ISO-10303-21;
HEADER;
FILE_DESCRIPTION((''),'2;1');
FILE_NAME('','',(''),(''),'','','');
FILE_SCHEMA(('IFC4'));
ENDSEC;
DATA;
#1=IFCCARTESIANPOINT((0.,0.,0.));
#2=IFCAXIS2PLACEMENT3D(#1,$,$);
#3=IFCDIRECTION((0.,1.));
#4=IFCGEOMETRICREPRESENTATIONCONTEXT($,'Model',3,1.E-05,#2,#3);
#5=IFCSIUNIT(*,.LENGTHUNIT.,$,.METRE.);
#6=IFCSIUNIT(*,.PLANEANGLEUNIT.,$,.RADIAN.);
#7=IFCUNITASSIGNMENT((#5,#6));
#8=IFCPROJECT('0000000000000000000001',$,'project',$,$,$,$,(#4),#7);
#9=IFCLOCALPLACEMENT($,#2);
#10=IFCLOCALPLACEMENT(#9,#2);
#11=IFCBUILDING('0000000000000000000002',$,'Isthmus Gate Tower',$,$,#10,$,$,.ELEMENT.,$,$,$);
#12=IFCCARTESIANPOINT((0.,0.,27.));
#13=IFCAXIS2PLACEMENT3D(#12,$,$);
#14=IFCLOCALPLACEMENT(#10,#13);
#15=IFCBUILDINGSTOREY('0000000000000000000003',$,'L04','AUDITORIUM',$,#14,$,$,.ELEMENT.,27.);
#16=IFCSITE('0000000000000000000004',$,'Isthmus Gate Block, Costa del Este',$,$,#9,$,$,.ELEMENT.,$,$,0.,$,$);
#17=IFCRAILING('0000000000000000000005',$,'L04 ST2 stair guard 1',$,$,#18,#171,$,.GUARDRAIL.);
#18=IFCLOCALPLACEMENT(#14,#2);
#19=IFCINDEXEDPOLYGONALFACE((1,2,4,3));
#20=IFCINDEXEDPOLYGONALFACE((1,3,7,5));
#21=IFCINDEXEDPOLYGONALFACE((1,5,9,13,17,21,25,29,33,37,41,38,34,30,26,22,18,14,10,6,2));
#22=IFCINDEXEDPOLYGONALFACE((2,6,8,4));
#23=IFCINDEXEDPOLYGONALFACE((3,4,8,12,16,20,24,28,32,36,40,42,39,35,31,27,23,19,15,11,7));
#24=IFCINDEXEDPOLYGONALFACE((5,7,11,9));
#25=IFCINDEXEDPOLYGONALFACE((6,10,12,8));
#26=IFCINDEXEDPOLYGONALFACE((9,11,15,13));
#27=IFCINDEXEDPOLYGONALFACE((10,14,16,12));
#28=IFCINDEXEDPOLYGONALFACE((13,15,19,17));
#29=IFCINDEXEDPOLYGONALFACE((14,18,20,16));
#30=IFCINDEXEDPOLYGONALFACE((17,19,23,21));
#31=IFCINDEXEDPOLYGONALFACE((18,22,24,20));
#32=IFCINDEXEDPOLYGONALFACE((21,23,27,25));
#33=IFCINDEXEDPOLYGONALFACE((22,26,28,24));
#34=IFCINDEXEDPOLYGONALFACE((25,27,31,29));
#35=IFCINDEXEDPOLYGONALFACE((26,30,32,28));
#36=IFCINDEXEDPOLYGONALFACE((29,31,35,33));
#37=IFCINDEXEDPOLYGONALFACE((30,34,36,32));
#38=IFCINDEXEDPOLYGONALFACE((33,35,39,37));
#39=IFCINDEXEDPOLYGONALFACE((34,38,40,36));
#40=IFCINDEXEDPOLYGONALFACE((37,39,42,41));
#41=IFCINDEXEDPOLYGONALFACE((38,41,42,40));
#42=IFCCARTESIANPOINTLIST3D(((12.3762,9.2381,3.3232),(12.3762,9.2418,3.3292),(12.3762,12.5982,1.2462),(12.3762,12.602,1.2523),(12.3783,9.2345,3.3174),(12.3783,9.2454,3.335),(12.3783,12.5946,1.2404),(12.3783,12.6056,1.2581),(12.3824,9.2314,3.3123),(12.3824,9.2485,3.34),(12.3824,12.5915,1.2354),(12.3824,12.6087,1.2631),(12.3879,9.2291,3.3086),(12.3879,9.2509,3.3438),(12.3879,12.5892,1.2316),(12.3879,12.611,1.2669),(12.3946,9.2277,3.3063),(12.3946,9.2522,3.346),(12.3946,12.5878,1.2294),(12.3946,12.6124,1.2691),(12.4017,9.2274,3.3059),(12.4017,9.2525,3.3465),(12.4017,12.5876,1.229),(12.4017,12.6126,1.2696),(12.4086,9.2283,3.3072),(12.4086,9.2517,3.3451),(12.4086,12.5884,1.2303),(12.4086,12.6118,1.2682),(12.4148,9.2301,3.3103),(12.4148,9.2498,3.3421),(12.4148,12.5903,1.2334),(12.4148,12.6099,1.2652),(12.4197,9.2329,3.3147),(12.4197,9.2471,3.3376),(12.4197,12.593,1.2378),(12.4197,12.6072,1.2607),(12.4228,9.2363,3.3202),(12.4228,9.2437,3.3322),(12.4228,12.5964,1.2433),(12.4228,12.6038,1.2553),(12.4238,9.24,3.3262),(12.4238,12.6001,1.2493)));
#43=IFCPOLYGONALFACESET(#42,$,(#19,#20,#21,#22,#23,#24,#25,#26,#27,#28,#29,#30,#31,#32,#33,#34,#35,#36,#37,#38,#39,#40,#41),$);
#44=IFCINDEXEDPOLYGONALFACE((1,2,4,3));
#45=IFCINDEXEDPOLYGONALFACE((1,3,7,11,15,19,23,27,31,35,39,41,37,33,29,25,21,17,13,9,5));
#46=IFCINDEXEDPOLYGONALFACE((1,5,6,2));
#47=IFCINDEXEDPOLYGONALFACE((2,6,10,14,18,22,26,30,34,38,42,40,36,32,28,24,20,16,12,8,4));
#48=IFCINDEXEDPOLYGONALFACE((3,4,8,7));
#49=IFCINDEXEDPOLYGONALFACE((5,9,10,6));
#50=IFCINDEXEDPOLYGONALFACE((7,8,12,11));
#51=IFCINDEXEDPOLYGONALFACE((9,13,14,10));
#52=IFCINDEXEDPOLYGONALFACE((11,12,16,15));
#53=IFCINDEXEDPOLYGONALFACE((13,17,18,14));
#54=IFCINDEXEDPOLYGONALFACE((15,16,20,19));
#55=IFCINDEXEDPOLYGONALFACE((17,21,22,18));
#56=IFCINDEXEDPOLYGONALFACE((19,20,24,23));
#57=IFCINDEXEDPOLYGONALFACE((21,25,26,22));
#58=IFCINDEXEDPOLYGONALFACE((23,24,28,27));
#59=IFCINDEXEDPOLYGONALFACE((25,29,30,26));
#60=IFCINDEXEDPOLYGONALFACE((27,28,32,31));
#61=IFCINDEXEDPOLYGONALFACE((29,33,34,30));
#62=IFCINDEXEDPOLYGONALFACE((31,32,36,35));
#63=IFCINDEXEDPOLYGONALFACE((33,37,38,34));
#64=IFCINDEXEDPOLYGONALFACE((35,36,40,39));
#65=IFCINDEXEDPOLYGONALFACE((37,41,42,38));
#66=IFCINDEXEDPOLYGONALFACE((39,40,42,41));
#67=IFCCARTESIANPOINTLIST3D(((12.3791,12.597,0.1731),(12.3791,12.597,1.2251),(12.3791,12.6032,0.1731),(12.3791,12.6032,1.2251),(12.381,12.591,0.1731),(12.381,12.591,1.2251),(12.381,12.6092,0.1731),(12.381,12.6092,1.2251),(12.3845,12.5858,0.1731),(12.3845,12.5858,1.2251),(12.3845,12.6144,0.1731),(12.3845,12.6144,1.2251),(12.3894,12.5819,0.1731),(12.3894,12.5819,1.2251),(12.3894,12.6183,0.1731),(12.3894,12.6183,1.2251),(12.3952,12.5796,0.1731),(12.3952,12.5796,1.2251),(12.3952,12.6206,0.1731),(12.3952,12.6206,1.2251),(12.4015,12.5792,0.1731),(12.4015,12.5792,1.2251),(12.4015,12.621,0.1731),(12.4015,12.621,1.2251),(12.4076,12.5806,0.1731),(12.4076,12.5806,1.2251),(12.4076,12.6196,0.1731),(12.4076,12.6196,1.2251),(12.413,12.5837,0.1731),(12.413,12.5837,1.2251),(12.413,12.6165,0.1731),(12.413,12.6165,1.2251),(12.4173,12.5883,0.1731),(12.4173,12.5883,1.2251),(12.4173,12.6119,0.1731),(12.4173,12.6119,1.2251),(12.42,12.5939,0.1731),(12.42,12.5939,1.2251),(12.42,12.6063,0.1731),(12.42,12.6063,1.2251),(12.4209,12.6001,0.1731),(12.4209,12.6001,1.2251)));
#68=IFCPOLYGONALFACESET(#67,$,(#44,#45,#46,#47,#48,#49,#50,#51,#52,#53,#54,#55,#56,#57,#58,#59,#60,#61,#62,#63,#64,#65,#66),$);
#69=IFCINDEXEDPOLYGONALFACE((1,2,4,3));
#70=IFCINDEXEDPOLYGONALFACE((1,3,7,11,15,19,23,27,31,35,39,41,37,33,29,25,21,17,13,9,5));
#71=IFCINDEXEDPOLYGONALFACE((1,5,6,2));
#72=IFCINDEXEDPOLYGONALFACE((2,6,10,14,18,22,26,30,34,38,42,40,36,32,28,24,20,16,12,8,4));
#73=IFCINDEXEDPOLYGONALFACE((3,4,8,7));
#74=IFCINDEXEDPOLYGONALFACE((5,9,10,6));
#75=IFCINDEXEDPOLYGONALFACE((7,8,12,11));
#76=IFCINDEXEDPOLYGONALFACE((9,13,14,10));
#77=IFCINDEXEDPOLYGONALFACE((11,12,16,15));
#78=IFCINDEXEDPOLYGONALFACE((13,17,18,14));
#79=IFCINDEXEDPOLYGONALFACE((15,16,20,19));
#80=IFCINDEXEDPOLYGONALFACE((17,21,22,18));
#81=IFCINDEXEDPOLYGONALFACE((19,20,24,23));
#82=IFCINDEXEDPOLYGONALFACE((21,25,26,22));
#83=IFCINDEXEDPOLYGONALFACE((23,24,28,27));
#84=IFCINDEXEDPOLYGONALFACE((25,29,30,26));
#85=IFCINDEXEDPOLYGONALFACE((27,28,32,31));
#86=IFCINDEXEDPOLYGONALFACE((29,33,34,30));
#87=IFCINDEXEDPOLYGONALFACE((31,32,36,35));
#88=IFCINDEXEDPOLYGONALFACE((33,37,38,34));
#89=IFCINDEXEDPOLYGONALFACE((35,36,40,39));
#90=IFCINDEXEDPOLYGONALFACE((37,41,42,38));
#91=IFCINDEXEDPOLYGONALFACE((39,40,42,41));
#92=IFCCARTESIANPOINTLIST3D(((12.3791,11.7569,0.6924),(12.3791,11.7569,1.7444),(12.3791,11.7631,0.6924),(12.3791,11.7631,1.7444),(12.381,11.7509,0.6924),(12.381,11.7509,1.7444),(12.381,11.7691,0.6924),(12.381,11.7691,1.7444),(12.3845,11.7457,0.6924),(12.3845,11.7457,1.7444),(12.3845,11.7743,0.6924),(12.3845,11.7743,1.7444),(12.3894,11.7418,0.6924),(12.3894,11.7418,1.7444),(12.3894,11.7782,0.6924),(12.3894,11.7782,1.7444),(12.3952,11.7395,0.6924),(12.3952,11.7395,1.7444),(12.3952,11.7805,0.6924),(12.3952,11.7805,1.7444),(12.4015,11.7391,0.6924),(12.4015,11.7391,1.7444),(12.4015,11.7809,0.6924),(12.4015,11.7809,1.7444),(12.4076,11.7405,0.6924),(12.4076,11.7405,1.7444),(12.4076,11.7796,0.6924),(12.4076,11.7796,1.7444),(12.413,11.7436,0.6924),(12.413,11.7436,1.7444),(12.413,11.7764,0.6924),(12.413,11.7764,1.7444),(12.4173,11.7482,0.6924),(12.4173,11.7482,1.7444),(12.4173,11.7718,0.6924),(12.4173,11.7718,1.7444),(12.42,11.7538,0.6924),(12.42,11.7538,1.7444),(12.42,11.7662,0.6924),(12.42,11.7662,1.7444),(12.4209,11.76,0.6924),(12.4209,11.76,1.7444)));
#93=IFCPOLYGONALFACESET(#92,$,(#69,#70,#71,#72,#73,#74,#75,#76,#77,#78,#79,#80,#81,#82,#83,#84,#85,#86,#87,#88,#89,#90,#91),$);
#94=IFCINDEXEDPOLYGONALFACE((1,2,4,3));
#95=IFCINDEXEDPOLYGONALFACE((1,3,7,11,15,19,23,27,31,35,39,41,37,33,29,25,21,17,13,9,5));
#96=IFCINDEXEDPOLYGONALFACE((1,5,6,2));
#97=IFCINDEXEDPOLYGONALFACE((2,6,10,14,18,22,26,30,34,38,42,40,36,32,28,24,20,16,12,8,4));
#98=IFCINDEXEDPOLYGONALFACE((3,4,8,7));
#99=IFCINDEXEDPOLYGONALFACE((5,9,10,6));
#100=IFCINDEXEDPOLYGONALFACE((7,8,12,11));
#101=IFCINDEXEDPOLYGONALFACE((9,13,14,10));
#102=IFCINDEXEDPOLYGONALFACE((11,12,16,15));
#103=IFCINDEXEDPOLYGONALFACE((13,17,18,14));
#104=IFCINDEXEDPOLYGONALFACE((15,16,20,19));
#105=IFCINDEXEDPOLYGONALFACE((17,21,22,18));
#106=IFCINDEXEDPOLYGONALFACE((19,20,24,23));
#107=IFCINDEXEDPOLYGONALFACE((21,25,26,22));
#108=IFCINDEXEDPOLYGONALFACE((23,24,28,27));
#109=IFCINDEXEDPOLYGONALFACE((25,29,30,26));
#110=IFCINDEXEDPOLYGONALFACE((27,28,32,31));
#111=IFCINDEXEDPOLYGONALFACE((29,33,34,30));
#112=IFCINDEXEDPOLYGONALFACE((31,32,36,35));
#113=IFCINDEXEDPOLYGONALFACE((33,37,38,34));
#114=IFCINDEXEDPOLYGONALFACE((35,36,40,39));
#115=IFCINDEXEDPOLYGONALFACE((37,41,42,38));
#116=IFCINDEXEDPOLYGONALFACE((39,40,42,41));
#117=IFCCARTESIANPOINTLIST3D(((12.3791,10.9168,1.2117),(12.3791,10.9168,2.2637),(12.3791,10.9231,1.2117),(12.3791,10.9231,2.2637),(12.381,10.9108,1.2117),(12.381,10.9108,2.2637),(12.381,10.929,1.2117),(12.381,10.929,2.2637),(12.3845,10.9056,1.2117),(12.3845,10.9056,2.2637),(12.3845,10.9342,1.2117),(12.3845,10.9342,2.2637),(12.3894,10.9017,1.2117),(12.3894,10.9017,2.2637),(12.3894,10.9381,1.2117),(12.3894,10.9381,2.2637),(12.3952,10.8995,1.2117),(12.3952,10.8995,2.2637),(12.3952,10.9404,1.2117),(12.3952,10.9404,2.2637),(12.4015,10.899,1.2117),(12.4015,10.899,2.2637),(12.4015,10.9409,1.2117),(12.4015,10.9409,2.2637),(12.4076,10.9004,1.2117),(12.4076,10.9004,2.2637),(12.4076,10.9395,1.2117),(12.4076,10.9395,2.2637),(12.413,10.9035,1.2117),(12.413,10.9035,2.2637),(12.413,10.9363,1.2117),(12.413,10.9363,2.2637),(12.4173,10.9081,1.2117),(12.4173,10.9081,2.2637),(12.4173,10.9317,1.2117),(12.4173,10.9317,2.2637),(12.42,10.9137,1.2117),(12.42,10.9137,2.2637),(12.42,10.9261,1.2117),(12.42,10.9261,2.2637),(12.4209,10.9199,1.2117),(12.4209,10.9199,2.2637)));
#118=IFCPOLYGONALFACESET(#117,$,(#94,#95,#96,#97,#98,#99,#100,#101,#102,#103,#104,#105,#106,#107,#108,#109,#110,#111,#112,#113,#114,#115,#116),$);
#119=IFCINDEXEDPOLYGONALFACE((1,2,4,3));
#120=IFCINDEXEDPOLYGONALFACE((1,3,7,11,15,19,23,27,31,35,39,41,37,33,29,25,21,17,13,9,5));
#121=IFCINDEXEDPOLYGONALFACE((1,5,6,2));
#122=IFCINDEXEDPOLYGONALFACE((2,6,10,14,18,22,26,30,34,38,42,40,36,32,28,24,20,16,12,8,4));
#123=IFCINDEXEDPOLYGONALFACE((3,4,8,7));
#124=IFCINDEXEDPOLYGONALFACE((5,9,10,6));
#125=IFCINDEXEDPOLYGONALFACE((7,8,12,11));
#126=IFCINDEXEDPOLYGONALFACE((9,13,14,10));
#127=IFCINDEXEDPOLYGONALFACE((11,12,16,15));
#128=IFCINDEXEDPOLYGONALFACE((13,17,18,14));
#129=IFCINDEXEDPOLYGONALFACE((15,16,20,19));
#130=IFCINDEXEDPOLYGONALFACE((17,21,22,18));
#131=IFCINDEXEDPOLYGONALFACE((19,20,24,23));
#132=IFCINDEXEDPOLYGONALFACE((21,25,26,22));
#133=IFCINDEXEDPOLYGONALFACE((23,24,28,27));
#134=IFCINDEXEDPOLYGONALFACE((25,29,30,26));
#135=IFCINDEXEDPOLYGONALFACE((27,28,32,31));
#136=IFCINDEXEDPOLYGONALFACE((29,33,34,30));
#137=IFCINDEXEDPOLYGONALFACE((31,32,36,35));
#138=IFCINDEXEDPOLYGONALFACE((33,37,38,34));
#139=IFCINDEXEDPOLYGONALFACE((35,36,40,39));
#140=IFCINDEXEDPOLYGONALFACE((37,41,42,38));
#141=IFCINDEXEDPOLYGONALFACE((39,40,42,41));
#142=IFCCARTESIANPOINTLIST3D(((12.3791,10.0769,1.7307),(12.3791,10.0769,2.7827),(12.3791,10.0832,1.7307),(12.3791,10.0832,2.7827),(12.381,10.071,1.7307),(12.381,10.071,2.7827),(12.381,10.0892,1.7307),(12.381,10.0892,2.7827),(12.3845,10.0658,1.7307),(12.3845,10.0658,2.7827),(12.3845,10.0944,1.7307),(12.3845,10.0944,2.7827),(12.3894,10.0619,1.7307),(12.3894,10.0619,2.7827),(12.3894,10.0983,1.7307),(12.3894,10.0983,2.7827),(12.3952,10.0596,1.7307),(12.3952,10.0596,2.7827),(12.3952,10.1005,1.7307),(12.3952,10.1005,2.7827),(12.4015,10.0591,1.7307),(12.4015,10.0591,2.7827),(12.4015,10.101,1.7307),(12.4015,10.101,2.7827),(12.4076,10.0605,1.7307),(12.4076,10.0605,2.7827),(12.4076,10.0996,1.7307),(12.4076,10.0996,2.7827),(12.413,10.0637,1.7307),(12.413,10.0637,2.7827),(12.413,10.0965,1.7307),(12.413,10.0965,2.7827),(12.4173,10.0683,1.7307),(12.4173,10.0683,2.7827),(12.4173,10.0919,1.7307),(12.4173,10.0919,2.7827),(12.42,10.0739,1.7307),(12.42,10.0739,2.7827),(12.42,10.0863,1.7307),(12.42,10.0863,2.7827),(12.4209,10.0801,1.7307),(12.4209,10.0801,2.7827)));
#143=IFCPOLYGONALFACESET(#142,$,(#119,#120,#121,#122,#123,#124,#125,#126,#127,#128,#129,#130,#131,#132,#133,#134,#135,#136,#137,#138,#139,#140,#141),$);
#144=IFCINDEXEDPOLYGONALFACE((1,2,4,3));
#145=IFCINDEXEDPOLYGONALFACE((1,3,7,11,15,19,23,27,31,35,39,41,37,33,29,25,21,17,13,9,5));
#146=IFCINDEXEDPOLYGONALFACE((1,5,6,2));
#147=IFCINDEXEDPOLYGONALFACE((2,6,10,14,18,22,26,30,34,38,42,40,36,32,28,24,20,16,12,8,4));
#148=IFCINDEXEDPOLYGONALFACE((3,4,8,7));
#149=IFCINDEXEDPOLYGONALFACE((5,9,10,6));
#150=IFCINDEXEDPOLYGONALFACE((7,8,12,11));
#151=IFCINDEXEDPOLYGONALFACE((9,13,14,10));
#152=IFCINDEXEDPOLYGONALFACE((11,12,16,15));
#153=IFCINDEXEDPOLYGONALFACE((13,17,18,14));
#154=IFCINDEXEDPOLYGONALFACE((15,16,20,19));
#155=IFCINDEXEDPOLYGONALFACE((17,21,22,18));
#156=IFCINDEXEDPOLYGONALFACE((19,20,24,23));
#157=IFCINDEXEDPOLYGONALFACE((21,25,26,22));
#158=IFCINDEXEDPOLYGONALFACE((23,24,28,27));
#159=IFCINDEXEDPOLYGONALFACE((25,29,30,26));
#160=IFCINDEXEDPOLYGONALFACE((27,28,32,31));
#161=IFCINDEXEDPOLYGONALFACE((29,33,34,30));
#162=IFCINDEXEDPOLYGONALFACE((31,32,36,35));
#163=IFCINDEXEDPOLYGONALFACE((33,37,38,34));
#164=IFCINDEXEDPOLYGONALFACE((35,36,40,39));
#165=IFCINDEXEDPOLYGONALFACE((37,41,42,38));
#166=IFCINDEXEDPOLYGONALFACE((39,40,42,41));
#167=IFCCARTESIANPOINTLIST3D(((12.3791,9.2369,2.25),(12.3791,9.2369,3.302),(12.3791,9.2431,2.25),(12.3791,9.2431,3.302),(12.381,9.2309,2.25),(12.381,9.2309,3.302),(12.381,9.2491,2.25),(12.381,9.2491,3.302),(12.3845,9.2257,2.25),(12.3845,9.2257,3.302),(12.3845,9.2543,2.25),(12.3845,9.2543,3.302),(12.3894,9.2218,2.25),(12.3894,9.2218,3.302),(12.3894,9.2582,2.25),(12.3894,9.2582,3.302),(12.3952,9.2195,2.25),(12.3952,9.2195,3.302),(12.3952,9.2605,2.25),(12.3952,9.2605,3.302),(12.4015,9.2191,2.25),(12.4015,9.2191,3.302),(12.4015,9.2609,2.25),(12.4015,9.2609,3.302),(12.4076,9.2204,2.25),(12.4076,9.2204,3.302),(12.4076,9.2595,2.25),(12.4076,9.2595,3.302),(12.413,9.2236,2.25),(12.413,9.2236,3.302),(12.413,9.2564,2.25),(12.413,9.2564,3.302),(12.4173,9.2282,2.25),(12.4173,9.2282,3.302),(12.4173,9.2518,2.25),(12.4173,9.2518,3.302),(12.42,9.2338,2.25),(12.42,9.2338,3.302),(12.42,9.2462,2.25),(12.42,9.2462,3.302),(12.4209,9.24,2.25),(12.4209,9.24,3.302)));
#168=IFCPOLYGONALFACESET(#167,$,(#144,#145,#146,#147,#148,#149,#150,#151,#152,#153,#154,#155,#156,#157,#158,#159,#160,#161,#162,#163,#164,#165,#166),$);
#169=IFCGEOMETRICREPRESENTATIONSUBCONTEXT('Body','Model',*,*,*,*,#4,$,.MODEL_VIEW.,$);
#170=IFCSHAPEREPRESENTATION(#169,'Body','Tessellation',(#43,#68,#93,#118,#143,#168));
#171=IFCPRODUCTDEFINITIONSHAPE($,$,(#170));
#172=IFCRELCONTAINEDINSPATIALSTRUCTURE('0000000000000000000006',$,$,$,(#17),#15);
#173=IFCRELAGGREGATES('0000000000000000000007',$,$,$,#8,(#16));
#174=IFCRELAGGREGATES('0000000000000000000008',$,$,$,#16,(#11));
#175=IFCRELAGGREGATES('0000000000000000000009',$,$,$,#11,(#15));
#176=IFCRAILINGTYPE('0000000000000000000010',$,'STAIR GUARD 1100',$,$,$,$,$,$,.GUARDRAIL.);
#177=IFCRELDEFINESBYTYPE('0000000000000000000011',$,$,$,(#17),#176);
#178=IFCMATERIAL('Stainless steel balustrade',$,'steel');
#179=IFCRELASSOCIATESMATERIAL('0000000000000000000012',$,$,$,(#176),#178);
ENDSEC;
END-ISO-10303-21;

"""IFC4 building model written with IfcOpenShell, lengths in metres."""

from ifc_helpers import new_model, si_unit, direction, frame, origin, origin_2d, place, context, subcontext, project, spatial, circle, extrude, material, type_object, element, save


model = new_model("IFC4")

# Units and contexts
model_context = context("Model", 3, precision=1e-05, world=origin(), true_north=direction((0.0, 1.0)))
body_context = subcontext(model_context, "Body", "Model", "MODEL_VIEW")
ifc_project = project(units=[si_unit("LENGTHUNIT", "METRE"), si_unit("PLANEANGLEUNIT", "RADIAN")], contexts=[model_context])

# Site, building, storey
site_placement = place(None, origin())
site = spatial("IfcSite", under=ifc_project, at=site_placement, Name="Isthmus Gate Block, Costa del Este", CompositionType="ELEMENT", RefElevation=0.0)
building_placement = place(site_placement, origin())
building = spatial("IfcBuilding", under=site, at=building_placement, Name="Isthmus Gate Tower", CompositionType="ELEMENT")
storey_placement = place(building_placement, frame((0.0, 0.0, 27.0)))
storey = spatial("IfcBuildingStorey", under=building, at=storey_placement, Name="L04", Description="AUDITORIUM", CompositionType="ELEMENT", Elevation=27.0)

# Railing
ifc_material_1 = material(Name="Stainless steel balustrade", Category="steel")
railing_type_1 = type_object("IfcRailingType", Name="STAIR GUARD 1100", PredefinedType="GUARDRAIL", material=ifc_material_1)
for number, where, name in (
    (1, (12.3999, 12.6001, 0.1731), "L04 ST2 stair guard 1"),
):
    element("IfcRailing", number, at=place(storey_placement, frame(where)), inside=storey, type_object=railing_type_1, Name=name, PredefinedType="GUARDRAIL", context=body_context, shape_type="SweptSolid", body=[
        extrude(circle(Radius=0.0239, at=origin_2d()), frame((0.0, 0.0, 1.0762), z_axis=(0.0, -0.850623, 0.525776), x_axis=(1.0, 0.0, 0.0)), (0.0, 0.0, 1.0), 3.9502),
        extrude(circle(Radius=0.021, at=origin_2d()), origin(), (0.0, 0.0, 1.0), 1.052),
        extrude(circle(Radius=0.021, at=origin_2d()), frame((0.0, -0.8401, 0.5193)), (0.0, 0.0, 1.0), 1.052),
        extrude(circle(Radius=0.021, at=origin_2d()), frame((0.0, -1.6802, 1.0386)), (0.0, 0.0, 1.0), 1.052),
        extrude(circle(Radius=0.021, at=origin_2d()), frame((0.0, -2.52, 1.5576)), (0.0, 0.0, 1.0), 1.052),
        extrude(circle(Radius=0.021, at=origin_2d()), frame((0.0, -3.3601, 2.0769)), (0.0, 0.0, 1.0), 1.052),
    ])

save(model, "model.ifc")
